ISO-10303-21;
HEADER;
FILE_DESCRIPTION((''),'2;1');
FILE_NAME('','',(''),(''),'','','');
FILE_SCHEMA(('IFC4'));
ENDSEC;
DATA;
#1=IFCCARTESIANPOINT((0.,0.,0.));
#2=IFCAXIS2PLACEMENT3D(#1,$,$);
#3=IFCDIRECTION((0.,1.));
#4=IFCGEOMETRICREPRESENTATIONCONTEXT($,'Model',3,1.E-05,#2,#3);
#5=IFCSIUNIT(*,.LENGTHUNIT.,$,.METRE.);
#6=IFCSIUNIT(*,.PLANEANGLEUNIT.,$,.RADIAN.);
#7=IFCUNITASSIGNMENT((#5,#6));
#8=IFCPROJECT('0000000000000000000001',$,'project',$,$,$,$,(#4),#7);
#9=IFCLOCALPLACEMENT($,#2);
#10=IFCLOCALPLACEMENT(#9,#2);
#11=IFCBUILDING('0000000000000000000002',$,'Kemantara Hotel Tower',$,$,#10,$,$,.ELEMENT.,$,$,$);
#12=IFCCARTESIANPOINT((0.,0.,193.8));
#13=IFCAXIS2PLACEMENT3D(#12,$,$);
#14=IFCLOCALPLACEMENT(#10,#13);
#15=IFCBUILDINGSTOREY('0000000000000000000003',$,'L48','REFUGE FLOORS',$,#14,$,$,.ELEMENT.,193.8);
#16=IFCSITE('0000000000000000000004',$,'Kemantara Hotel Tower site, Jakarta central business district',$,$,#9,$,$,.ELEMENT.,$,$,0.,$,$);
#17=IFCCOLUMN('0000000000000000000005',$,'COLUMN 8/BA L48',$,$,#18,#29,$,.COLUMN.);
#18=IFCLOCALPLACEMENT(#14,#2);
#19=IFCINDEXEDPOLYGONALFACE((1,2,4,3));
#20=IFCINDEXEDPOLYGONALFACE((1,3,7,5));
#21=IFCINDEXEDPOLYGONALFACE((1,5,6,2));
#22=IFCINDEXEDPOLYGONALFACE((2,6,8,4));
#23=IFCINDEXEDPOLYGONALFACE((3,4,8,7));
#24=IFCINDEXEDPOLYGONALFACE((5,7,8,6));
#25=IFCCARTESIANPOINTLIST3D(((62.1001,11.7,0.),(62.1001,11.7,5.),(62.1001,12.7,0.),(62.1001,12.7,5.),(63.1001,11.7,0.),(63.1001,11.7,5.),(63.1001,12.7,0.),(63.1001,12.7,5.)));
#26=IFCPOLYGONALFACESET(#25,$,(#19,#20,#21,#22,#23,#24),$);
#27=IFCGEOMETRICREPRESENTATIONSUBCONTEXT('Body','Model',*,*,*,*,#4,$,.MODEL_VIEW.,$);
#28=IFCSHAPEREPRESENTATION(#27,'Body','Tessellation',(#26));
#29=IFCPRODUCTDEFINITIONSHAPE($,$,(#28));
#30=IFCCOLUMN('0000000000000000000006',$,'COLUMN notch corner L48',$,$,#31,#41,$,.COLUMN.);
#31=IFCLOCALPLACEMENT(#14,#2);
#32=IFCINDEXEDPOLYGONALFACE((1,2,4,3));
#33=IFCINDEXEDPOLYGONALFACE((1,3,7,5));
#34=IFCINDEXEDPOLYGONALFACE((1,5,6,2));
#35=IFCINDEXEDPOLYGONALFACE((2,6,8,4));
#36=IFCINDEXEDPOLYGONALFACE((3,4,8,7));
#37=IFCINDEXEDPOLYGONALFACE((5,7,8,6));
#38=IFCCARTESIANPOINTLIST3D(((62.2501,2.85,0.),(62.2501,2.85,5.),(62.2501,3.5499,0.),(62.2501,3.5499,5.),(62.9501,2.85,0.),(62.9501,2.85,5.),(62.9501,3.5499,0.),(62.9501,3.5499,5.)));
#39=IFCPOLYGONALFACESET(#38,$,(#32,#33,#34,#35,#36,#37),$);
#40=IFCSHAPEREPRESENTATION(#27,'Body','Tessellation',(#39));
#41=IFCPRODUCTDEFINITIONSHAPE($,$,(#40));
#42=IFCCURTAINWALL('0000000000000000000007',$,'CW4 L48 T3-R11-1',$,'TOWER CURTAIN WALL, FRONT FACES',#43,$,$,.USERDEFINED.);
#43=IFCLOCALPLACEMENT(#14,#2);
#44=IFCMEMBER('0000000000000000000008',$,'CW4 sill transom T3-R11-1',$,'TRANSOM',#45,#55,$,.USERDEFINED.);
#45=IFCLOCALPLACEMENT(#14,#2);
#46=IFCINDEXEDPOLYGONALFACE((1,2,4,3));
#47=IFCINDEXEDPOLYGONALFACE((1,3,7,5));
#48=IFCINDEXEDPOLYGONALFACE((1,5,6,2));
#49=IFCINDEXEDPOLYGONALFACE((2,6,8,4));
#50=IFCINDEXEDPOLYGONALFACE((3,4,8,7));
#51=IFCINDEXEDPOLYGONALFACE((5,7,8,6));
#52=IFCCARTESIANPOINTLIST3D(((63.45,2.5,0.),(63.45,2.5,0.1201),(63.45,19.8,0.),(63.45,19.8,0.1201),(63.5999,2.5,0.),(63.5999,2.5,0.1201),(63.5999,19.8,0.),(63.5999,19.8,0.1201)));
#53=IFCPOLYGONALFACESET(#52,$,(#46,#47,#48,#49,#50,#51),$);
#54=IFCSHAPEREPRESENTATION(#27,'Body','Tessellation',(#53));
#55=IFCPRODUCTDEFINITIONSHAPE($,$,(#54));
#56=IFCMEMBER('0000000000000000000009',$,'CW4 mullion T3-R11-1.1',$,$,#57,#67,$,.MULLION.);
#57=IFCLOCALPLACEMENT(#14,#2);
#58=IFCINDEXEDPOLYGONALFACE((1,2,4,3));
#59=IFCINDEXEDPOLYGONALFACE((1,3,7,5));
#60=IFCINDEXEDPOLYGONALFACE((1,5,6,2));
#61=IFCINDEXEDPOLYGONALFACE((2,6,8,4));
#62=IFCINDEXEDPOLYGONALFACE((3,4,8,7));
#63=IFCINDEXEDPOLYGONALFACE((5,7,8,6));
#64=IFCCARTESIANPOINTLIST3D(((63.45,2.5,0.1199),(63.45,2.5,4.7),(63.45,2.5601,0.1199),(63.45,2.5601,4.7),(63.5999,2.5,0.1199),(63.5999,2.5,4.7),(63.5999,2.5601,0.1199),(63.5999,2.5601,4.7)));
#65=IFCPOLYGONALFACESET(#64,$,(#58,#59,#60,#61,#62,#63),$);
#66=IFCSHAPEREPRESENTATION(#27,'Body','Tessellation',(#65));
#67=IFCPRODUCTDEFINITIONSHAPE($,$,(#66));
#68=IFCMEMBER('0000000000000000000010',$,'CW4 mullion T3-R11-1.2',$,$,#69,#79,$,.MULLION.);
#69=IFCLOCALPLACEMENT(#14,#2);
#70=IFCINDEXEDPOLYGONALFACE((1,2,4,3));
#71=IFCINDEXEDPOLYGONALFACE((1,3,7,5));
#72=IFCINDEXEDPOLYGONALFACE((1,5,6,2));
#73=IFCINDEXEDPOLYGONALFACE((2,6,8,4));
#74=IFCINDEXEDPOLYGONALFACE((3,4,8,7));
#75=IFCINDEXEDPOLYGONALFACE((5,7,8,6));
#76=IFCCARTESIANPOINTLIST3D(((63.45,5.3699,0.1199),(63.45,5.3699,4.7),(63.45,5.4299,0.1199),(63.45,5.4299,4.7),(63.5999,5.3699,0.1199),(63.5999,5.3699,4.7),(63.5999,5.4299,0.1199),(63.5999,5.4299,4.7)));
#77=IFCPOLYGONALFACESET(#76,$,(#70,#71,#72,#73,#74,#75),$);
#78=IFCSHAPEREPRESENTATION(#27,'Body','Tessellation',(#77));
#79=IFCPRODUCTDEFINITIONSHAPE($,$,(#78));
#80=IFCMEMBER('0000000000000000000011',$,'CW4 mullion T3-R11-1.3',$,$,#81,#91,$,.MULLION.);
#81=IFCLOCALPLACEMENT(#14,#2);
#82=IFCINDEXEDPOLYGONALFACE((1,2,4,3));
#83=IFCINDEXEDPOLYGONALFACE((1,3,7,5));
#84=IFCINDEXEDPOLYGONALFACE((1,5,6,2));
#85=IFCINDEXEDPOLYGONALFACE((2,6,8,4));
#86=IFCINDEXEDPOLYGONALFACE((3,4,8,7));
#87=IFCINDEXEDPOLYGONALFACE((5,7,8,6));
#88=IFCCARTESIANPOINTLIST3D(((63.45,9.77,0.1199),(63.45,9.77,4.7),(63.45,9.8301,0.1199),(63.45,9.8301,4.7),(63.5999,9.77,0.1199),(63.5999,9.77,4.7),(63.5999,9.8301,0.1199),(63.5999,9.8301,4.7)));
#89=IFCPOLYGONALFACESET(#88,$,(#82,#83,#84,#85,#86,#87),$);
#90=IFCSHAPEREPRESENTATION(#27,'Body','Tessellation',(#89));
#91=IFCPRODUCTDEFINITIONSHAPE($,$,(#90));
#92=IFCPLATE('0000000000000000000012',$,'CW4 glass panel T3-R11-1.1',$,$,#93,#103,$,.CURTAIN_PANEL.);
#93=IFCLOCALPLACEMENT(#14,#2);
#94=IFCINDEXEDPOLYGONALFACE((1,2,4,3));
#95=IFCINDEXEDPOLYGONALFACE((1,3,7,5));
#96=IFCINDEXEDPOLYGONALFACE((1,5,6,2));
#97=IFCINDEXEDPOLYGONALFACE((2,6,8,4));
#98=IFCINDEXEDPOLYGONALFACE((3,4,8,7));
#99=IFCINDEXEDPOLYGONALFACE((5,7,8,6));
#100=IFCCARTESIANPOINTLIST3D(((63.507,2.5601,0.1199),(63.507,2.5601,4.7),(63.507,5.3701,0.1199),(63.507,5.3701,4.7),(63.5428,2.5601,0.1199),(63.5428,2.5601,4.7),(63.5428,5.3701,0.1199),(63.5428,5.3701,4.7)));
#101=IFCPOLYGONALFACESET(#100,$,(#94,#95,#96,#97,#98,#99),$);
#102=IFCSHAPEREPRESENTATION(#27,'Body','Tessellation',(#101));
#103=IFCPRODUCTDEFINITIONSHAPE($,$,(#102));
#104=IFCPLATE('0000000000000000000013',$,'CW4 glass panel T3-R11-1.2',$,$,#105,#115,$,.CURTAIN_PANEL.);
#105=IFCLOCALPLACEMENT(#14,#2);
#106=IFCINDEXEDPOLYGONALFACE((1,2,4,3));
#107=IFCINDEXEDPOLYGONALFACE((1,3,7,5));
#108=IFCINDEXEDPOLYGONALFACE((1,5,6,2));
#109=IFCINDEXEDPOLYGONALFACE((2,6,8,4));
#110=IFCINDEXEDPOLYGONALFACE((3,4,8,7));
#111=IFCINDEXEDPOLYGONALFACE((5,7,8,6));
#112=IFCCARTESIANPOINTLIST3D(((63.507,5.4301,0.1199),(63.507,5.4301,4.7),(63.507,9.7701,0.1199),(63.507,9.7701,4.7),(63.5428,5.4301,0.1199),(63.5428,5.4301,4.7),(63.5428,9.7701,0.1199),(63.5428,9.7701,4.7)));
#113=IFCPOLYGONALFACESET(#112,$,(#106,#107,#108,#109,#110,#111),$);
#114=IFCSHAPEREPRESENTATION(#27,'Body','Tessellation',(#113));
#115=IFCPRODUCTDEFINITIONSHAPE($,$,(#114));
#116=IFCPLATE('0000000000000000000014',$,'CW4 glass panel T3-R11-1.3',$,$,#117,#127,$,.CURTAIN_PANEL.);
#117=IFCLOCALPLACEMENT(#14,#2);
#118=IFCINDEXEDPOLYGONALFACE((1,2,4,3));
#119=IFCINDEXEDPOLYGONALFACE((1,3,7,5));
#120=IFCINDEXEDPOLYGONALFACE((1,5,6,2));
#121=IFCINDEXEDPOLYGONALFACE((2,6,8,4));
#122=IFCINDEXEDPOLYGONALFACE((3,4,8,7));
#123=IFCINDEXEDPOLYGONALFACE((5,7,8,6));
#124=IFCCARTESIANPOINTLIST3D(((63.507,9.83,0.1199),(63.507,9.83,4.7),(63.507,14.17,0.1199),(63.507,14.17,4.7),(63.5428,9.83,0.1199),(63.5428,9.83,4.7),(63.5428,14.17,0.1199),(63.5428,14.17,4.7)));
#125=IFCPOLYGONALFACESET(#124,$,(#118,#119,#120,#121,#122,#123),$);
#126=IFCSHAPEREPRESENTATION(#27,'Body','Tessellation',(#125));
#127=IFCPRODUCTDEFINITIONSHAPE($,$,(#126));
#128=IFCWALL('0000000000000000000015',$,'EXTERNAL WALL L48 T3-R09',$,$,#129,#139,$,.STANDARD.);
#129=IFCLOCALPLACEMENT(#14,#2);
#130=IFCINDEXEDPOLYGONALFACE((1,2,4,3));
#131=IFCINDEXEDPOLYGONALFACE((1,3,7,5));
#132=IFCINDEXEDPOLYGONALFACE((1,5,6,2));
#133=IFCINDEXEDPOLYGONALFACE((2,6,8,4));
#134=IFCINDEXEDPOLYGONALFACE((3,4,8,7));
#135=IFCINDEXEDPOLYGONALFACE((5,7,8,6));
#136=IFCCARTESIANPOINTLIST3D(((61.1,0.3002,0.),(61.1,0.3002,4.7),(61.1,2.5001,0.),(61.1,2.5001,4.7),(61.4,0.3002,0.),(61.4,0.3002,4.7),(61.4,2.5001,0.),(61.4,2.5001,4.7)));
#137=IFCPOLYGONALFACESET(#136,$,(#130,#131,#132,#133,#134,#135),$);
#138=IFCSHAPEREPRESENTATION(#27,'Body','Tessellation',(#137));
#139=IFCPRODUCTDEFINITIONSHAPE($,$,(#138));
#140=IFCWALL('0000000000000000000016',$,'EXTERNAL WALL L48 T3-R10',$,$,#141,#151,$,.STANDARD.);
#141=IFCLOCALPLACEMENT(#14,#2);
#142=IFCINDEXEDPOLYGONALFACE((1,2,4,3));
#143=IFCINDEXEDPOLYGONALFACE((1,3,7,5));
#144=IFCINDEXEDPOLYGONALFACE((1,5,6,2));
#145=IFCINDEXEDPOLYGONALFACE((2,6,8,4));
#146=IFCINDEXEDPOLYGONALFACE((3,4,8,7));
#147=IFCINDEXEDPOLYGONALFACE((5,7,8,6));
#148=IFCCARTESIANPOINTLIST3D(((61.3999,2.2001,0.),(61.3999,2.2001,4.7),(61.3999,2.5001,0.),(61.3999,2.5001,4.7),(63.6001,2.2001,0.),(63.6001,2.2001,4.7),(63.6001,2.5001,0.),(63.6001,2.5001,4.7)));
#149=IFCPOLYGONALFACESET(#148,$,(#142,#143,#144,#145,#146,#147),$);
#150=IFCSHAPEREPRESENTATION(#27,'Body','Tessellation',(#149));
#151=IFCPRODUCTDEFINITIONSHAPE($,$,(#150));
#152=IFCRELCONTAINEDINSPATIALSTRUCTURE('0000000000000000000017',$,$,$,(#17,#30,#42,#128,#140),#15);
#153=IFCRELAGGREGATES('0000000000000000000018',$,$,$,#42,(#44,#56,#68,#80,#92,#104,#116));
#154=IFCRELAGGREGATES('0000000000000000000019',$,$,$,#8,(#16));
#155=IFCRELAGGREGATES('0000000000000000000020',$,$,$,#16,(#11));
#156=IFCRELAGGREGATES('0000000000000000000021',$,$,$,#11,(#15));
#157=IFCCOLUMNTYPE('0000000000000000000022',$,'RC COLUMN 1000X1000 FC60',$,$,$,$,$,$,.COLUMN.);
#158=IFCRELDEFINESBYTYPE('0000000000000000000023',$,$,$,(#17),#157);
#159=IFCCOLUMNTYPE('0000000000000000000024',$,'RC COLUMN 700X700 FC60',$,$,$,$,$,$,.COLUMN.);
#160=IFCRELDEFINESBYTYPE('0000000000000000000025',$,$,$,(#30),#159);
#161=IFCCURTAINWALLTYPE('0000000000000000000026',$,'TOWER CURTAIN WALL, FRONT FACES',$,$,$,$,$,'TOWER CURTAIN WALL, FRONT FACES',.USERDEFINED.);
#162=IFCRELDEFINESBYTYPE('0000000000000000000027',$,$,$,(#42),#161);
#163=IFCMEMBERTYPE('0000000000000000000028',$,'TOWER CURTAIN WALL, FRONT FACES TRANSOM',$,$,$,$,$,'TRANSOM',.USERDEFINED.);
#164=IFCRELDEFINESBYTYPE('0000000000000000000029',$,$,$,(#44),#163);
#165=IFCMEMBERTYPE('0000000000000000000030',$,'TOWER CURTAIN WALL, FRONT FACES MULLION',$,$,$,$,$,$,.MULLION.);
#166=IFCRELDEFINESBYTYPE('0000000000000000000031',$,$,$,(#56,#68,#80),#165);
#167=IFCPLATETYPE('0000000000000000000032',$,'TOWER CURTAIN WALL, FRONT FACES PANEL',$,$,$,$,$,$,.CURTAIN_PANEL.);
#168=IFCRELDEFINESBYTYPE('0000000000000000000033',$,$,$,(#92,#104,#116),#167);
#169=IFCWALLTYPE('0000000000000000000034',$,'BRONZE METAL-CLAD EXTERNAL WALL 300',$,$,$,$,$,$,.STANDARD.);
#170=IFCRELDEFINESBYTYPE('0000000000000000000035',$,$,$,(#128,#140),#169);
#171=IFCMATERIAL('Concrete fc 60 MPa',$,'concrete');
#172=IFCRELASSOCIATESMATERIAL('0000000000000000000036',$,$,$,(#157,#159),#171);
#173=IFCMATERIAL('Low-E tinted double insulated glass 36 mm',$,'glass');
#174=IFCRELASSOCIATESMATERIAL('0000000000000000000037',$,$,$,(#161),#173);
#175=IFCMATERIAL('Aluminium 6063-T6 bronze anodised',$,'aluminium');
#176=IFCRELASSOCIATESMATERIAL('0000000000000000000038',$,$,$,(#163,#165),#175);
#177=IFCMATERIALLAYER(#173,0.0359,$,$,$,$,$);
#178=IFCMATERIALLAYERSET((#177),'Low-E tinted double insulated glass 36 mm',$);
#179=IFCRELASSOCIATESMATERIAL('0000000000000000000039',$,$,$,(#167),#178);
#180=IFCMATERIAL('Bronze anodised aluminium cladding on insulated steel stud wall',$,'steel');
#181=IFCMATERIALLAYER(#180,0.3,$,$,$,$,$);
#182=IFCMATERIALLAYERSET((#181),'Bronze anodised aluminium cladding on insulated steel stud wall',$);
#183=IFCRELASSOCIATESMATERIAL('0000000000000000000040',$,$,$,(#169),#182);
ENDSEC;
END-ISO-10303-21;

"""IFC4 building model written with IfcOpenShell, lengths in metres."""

from ifc_helpers import new_model, si_unit, direction, frame, frame_2d, origin, origin_2d, place, context, subcontext, project, spatial, rectangle, extrude, source, transform, mapped, material, layer, layer_set, material_profile, profile_set, type_object, element, aggregate, save


model = new_model("IFC4")

# Units and contexts
model_context = context("Model", 3, precision=1e-05, world=origin(), true_north=direction((0.0, 1.0)))
body_context = subcontext(model_context, "Body", "Model", "MODEL_VIEW")
ifc_project = project(units=[si_unit("LENGTHUNIT", "METRE"), si_unit("PLANEANGLEUNIT", "RADIAN")], contexts=[model_context])

# Site, building, storey
site_placement = place(None, origin())
site = spatial("IfcSite", under=ifc_project, at=site_placement, Name="Kemantara Hotel Tower site, Jakarta central business district", CompositionType="ELEMENT", RefElevation=0.0)
building_placement = place(site_placement, origin())
building = spatial("IfcBuilding", under=site, at=building_placement, Name="Kemantara Hotel Tower", CompositionType="ELEMENT")
storey_placement = place(building_placement, frame((0.0, 0.0, 193.8)))
storey = spatial("IfcBuildingStorey", under=building, at=storey_placement, Name="L48", Description="REFUGE FLOORS", CompositionType="ELEMENT", Elevation=193.8)

# Columns
ifc_material_1 = material(Name="Concrete fc 60 MPa", Category="concrete")
ifc_material_profile_1 = material_profile(ifc_material_1, rectangle(XDim=1.0, YDim=1.0, at=origin_2d()), Name="RC 1000X1000")
ifc_profile_set_1 = profile_set([ifc_material_profile_1], Name="Concrete fc 60 MPa")
column_type_1 = type_object("IfcColumnType", Name="RC COLUMN 1000X1000 FC60", PredefinedType="COLUMN", material=ifc_profile_set_1)
column_1_placement = place(storey_placement, frame((62.6001, 12.2, 0.0), z_axis=(0.0, 0.0, 1.0), x_axis=(1.0, 0.0, 0.0)))
element("IfcColumn", 1, at=column_1_placement, inside=storey, type_object=column_type_1, Name="COLUMN 8/BA L48", PredefinedType="COLUMN", context=body_context, shape_type="SweptSolid", body=[
    extrude(rectangle(XDim=1.0, YDim=1.0, at=origin_2d()), origin(), (0.0, 0.0, 1.0), 5.0),
])
ifc_material_profile_2 = material_profile(ifc_material_1, rectangle(XDim=0.7, YDim=0.7, at=origin_2d()), Name="RC 700X700")
ifc_profile_set_2 = profile_set([ifc_material_profile_2], Name="Concrete fc 60 MPa")
column_type_2 = type_object("IfcColumnType", Name="RC COLUMN 700X700 FC60", PredefinedType="COLUMN", material=ifc_profile_set_2)
column_2_placement = place(storey_placement, frame((62.6001, 3.2, 0.0), z_axis=(0.0, 0.0, 1.0), x_axis=(1.0, 0.0, 0.0)))
element("IfcColumn", 2, at=column_2_placement, inside=storey, type_object=column_type_2, Name="COLUMN notch corner L48", PredefinedType="COLUMN", context=body_context, shape_type="SweptSolid", body=[
    extrude(rectangle(XDim=0.7, YDim=0.7, at=origin_2d()), origin(), (0.0, 0.0, 1.0), 5.0),
])

# Curtain wall, members, plates
ifc_material_2 = material(Name="Low-E tinted double insulated glass 36 mm", Category="glass")
curtain_wall_type = type_object("IfcCurtainWallType", Name="TOWER CURTAIN WALL, FRONT FACES", ElementType="TOWER CURTAIN WALL, FRONT FACES", PredefinedType="USERDEFINED", material=ifc_material_2)
curtain_wall_placement = place(storey_placement, origin())
curtain_wall = element("IfcCurtainWall", 3, at=curtain_wall_placement, inside=storey, type_object=curtain_wall_type, Name="CW4 L48 T3-R11-1", ObjectType="TOWER CURTAIN WALL, FRONT FACES", PredefinedType="USERDEFINED")
ifc_material_3 = material(Name="Aluminium 6063-T6 bronze anodised", Category="aluminium")
ifc_material_profile_3 = material_profile(ifc_material_3, rectangle(XDim=0.1499, YDim=0.1201, at=origin_2d()), Name="TOWER CURTAIN WALL, FRONT FACES TRANSOM")
ifc_profile_set_3 = profile_set([ifc_material_profile_3], Name="Aluminium 6063-T6 bronze anodised")
member_type_1 = type_object("IfcMemberType", Name="TOWER CURTAIN WALL, FRONT FACES TRANSOM", ElementType="TRANSOM", PredefinedType="USERDEFINED", material=ifc_profile_set_3)
member_1_placement = place(storey_placement, frame((63.5249, 2.5, 0.0601), z_axis=(0.0, 1.0, 0.0), x_axis=(-1.0, 0.0, 0.0)))
member_1 = element("IfcMember", 4, at=member_1_placement, type_object=member_type_1, Name="CW4 sill transom T3-R11-1", ObjectType="TRANSOM", PredefinedType="USERDEFINED", context=body_context, shape_type="SweptSolid", body=[
    extrude(rectangle(XDim=0.1499, YDim=0.1201, at=origin_2d()), origin(), (0.0, 0.0, 1.0), 17.3),
])
ifc_material_profile_4 = material_profile(ifc_material_3, rectangle(XDim=0.1499, YDim=0.0601, at=origin_2d()), Name="TOWER CURTAIN WALL, FRONT FACES MULLION")
ifc_profile_set_4 = profile_set([ifc_material_profile_4], Name="Aluminium 6063-T6 bronze anodised")
member_type_2 = type_object("IfcMemberType", Name="TOWER CURTAIN WALL, FRONT FACES MULLION", PredefinedType="MULLION", material=ifc_profile_set_4)
shared_shape_1 = source(origin(), body_context, "Body", "SweptSolid", [
    extrude(rectangle(XDim=0.1499, YDim=0.0601, at=origin_2d()), origin(), (0.0, 0.0, 1.0), 4.5801),
])
member_2_placement = place(storey_placement, frame((63.5249, 2.53, 0.1199), z_axis=(0.0, 0.0, 1.0), x_axis=(-1.0, 0.0, 0.0)))
member_2 = element("IfcMember", 5, at=member_2_placement, type_object=member_type_2, Name="CW4 mullion T3-R11-1.1", PredefinedType="MULLION", context=body_context, shape_type="MappedRepresentation", body=[
    mapped(shared_shape_1, transform((0.0, 0.0, 0.0))),
])
member_3_placement = place(storey_placement, frame((63.5249, 5.3999, 0.1199), z_axis=(0.0, 0.0, 1.0), x_axis=(-1.0, 0.0, 0.0)))
member_3 = element("IfcMember", 6, at=member_3_placement, type_object=member_type_2, Name="CW4 mullion T3-R11-1.2", PredefinedType="MULLION", context=body_context, shape_type="MappedRepresentation", body=[
    mapped(shared_shape_1, transform((0.0, 0.0, 0.0))),
])
member_4_placement = place(storey_placement, frame((63.5249, 9.8, 0.1199), z_axis=(0.0, 0.0, 1.0), x_axis=(-1.0, 0.0, 0.0)))
member_4 = element("IfcMember", 7, at=member_4_placement, type_object=member_type_2, Name="CW4 mullion T3-R11-1.3", PredefinedType="MULLION", context=body_context, shape_type="MappedRepresentation", body=[
    mapped(shared_shape_1, transform((0.0, 0.0, 0.0))),
])
ifc_layer_1 = layer(ifc_material_2, 0.0359)
ifc_layer_set_1 = layer_set([ifc_layer_1], Name="Low-E tinted double insulated glass 36 mm")
plate_type = type_object("IfcPlateType", Name="TOWER CURTAIN WALL, FRONT FACES PANEL", PredefinedType="CURTAIN_PANEL", material=ifc_layer_set_1)
shared_shape_2 = source(origin(), body_context, "Body", "SweptSolid", [
    extrude(rectangle(XDim=2.8101, YDim=0.0359, at=origin_2d()), origin(), (0.0, 0.0, 1.0), 4.5801),
])
plate_1_placement = place(storey_placement, frame((63.5249, 3.9651, 0.1199), z_axis=(0.0, 0.0, 1.0), x_axis=(0.0, 1.0, 0.0)))
plate_1 = element("IfcPlate", 8, at=plate_1_placement, type_object=plate_type, Name="CW4 glass panel T3-R11-1.1", PredefinedType="CURTAIN_PANEL", context=body_context, shape_type="MappedRepresentation", body=[
    mapped(shared_shape_2, transform((0.0, 0.0, 0.0))),
])
shared_shape_3 = source(origin(), body_context, "Body", "SweptSolid", [
    extrude(rectangle(XDim=4.3401, YDim=0.0359, at=origin_2d()), origin(), (0.0, 0.0, 1.0), 4.5801),
])
plate_2_placement = place(storey_placement, frame((63.5249, 7.6001, 0.1199), z_axis=(0.0, 0.0, 1.0), x_axis=(0.0, 1.0, 0.0)))
plate_2 = element("IfcPlate", 9, at=plate_2_placement, type_object=plate_type, Name="CW4 glass panel T3-R11-1.2", PredefinedType="CURTAIN_PANEL", context=body_context, shape_type="MappedRepresentation", body=[
    mapped(shared_shape_3, transform((0.0, 0.0, 0.0))),
])
plate_3_placement = place(storey_placement, frame((63.5249, 12.0, 0.1199), z_axis=(0.0, 0.0, 1.0), x_axis=(0.0, 1.0, 0.0)))
plate_3 = element("IfcPlate", 10, at=plate_3_placement, type_object=plate_type, Name="CW4 glass panel T3-R11-1.3", PredefinedType="CURTAIN_PANEL", context=body_context, shape_type="MappedRepresentation", body=[
    mapped(shared_shape_3, transform((0.0, 0.0, 0.0))),
])
aggregate(curtain_wall, [member_1, member_2, member_3, member_4, plate_1, plate_2, plate_3])

# Walls
ifc_material_4 = material(Name="Bronze anodised aluminium cladding on insulated steel stud wall", Category="steel")
ifc_layer_2 = layer(ifc_material_4, 0.3)
ifc_layer_set_2 = layer_set([ifc_layer_2], Name="Bronze anodised aluminium cladding on insulated steel stud wall")
wall_type_1 = type_object("IfcWallType", Name="BRONZE METAL-CLAD EXTERNAL WALL 300", PredefinedType="STANDARD", material=ifc_layer_set_2)
wall_1_placement = place(storey_placement, frame((61.25, 0.3, 0.0), z_axis=(0.0, 0.0, 1.0), x_axis=(0.0, 1.0, 0.0)))
element("IfcWall", 11, at=wall_1_placement, inside=storey, type_object=wall_type_1, Name="EXTERNAL WALL L48 T3-R09", PredefinedType="STANDARD", context=body_context, shape_type="SweptSolid", body=[
    extrude(rectangle(XDim=2.2, YDim=0.3, at=frame_2d((1.1001, 0.0))), origin(), (0.0, 0.0, 1.0), 4.7),
])
wall_2_placement = place(storey_placement, frame((61.3999, 2.3501, 0.0), z_axis=(0.0, 0.0, 1.0), x_axis=(1.0, 0.0, 0.0)))
element("IfcWall", 12, at=wall_2_placement, inside=storey, type_object=wall_type_1, Name="EXTERNAL WALL L48 T3-R10", PredefinedType="STANDARD", context=body_context, shape_type="SweptSolid", body=[
    extrude(rectangle(XDim=2.2002, YDim=0.3, at=frame_2d((1.1001, 0.0))), origin(), (0.0, 0.0, 1.0), 4.7),
])

save(model, "model.ifc")
